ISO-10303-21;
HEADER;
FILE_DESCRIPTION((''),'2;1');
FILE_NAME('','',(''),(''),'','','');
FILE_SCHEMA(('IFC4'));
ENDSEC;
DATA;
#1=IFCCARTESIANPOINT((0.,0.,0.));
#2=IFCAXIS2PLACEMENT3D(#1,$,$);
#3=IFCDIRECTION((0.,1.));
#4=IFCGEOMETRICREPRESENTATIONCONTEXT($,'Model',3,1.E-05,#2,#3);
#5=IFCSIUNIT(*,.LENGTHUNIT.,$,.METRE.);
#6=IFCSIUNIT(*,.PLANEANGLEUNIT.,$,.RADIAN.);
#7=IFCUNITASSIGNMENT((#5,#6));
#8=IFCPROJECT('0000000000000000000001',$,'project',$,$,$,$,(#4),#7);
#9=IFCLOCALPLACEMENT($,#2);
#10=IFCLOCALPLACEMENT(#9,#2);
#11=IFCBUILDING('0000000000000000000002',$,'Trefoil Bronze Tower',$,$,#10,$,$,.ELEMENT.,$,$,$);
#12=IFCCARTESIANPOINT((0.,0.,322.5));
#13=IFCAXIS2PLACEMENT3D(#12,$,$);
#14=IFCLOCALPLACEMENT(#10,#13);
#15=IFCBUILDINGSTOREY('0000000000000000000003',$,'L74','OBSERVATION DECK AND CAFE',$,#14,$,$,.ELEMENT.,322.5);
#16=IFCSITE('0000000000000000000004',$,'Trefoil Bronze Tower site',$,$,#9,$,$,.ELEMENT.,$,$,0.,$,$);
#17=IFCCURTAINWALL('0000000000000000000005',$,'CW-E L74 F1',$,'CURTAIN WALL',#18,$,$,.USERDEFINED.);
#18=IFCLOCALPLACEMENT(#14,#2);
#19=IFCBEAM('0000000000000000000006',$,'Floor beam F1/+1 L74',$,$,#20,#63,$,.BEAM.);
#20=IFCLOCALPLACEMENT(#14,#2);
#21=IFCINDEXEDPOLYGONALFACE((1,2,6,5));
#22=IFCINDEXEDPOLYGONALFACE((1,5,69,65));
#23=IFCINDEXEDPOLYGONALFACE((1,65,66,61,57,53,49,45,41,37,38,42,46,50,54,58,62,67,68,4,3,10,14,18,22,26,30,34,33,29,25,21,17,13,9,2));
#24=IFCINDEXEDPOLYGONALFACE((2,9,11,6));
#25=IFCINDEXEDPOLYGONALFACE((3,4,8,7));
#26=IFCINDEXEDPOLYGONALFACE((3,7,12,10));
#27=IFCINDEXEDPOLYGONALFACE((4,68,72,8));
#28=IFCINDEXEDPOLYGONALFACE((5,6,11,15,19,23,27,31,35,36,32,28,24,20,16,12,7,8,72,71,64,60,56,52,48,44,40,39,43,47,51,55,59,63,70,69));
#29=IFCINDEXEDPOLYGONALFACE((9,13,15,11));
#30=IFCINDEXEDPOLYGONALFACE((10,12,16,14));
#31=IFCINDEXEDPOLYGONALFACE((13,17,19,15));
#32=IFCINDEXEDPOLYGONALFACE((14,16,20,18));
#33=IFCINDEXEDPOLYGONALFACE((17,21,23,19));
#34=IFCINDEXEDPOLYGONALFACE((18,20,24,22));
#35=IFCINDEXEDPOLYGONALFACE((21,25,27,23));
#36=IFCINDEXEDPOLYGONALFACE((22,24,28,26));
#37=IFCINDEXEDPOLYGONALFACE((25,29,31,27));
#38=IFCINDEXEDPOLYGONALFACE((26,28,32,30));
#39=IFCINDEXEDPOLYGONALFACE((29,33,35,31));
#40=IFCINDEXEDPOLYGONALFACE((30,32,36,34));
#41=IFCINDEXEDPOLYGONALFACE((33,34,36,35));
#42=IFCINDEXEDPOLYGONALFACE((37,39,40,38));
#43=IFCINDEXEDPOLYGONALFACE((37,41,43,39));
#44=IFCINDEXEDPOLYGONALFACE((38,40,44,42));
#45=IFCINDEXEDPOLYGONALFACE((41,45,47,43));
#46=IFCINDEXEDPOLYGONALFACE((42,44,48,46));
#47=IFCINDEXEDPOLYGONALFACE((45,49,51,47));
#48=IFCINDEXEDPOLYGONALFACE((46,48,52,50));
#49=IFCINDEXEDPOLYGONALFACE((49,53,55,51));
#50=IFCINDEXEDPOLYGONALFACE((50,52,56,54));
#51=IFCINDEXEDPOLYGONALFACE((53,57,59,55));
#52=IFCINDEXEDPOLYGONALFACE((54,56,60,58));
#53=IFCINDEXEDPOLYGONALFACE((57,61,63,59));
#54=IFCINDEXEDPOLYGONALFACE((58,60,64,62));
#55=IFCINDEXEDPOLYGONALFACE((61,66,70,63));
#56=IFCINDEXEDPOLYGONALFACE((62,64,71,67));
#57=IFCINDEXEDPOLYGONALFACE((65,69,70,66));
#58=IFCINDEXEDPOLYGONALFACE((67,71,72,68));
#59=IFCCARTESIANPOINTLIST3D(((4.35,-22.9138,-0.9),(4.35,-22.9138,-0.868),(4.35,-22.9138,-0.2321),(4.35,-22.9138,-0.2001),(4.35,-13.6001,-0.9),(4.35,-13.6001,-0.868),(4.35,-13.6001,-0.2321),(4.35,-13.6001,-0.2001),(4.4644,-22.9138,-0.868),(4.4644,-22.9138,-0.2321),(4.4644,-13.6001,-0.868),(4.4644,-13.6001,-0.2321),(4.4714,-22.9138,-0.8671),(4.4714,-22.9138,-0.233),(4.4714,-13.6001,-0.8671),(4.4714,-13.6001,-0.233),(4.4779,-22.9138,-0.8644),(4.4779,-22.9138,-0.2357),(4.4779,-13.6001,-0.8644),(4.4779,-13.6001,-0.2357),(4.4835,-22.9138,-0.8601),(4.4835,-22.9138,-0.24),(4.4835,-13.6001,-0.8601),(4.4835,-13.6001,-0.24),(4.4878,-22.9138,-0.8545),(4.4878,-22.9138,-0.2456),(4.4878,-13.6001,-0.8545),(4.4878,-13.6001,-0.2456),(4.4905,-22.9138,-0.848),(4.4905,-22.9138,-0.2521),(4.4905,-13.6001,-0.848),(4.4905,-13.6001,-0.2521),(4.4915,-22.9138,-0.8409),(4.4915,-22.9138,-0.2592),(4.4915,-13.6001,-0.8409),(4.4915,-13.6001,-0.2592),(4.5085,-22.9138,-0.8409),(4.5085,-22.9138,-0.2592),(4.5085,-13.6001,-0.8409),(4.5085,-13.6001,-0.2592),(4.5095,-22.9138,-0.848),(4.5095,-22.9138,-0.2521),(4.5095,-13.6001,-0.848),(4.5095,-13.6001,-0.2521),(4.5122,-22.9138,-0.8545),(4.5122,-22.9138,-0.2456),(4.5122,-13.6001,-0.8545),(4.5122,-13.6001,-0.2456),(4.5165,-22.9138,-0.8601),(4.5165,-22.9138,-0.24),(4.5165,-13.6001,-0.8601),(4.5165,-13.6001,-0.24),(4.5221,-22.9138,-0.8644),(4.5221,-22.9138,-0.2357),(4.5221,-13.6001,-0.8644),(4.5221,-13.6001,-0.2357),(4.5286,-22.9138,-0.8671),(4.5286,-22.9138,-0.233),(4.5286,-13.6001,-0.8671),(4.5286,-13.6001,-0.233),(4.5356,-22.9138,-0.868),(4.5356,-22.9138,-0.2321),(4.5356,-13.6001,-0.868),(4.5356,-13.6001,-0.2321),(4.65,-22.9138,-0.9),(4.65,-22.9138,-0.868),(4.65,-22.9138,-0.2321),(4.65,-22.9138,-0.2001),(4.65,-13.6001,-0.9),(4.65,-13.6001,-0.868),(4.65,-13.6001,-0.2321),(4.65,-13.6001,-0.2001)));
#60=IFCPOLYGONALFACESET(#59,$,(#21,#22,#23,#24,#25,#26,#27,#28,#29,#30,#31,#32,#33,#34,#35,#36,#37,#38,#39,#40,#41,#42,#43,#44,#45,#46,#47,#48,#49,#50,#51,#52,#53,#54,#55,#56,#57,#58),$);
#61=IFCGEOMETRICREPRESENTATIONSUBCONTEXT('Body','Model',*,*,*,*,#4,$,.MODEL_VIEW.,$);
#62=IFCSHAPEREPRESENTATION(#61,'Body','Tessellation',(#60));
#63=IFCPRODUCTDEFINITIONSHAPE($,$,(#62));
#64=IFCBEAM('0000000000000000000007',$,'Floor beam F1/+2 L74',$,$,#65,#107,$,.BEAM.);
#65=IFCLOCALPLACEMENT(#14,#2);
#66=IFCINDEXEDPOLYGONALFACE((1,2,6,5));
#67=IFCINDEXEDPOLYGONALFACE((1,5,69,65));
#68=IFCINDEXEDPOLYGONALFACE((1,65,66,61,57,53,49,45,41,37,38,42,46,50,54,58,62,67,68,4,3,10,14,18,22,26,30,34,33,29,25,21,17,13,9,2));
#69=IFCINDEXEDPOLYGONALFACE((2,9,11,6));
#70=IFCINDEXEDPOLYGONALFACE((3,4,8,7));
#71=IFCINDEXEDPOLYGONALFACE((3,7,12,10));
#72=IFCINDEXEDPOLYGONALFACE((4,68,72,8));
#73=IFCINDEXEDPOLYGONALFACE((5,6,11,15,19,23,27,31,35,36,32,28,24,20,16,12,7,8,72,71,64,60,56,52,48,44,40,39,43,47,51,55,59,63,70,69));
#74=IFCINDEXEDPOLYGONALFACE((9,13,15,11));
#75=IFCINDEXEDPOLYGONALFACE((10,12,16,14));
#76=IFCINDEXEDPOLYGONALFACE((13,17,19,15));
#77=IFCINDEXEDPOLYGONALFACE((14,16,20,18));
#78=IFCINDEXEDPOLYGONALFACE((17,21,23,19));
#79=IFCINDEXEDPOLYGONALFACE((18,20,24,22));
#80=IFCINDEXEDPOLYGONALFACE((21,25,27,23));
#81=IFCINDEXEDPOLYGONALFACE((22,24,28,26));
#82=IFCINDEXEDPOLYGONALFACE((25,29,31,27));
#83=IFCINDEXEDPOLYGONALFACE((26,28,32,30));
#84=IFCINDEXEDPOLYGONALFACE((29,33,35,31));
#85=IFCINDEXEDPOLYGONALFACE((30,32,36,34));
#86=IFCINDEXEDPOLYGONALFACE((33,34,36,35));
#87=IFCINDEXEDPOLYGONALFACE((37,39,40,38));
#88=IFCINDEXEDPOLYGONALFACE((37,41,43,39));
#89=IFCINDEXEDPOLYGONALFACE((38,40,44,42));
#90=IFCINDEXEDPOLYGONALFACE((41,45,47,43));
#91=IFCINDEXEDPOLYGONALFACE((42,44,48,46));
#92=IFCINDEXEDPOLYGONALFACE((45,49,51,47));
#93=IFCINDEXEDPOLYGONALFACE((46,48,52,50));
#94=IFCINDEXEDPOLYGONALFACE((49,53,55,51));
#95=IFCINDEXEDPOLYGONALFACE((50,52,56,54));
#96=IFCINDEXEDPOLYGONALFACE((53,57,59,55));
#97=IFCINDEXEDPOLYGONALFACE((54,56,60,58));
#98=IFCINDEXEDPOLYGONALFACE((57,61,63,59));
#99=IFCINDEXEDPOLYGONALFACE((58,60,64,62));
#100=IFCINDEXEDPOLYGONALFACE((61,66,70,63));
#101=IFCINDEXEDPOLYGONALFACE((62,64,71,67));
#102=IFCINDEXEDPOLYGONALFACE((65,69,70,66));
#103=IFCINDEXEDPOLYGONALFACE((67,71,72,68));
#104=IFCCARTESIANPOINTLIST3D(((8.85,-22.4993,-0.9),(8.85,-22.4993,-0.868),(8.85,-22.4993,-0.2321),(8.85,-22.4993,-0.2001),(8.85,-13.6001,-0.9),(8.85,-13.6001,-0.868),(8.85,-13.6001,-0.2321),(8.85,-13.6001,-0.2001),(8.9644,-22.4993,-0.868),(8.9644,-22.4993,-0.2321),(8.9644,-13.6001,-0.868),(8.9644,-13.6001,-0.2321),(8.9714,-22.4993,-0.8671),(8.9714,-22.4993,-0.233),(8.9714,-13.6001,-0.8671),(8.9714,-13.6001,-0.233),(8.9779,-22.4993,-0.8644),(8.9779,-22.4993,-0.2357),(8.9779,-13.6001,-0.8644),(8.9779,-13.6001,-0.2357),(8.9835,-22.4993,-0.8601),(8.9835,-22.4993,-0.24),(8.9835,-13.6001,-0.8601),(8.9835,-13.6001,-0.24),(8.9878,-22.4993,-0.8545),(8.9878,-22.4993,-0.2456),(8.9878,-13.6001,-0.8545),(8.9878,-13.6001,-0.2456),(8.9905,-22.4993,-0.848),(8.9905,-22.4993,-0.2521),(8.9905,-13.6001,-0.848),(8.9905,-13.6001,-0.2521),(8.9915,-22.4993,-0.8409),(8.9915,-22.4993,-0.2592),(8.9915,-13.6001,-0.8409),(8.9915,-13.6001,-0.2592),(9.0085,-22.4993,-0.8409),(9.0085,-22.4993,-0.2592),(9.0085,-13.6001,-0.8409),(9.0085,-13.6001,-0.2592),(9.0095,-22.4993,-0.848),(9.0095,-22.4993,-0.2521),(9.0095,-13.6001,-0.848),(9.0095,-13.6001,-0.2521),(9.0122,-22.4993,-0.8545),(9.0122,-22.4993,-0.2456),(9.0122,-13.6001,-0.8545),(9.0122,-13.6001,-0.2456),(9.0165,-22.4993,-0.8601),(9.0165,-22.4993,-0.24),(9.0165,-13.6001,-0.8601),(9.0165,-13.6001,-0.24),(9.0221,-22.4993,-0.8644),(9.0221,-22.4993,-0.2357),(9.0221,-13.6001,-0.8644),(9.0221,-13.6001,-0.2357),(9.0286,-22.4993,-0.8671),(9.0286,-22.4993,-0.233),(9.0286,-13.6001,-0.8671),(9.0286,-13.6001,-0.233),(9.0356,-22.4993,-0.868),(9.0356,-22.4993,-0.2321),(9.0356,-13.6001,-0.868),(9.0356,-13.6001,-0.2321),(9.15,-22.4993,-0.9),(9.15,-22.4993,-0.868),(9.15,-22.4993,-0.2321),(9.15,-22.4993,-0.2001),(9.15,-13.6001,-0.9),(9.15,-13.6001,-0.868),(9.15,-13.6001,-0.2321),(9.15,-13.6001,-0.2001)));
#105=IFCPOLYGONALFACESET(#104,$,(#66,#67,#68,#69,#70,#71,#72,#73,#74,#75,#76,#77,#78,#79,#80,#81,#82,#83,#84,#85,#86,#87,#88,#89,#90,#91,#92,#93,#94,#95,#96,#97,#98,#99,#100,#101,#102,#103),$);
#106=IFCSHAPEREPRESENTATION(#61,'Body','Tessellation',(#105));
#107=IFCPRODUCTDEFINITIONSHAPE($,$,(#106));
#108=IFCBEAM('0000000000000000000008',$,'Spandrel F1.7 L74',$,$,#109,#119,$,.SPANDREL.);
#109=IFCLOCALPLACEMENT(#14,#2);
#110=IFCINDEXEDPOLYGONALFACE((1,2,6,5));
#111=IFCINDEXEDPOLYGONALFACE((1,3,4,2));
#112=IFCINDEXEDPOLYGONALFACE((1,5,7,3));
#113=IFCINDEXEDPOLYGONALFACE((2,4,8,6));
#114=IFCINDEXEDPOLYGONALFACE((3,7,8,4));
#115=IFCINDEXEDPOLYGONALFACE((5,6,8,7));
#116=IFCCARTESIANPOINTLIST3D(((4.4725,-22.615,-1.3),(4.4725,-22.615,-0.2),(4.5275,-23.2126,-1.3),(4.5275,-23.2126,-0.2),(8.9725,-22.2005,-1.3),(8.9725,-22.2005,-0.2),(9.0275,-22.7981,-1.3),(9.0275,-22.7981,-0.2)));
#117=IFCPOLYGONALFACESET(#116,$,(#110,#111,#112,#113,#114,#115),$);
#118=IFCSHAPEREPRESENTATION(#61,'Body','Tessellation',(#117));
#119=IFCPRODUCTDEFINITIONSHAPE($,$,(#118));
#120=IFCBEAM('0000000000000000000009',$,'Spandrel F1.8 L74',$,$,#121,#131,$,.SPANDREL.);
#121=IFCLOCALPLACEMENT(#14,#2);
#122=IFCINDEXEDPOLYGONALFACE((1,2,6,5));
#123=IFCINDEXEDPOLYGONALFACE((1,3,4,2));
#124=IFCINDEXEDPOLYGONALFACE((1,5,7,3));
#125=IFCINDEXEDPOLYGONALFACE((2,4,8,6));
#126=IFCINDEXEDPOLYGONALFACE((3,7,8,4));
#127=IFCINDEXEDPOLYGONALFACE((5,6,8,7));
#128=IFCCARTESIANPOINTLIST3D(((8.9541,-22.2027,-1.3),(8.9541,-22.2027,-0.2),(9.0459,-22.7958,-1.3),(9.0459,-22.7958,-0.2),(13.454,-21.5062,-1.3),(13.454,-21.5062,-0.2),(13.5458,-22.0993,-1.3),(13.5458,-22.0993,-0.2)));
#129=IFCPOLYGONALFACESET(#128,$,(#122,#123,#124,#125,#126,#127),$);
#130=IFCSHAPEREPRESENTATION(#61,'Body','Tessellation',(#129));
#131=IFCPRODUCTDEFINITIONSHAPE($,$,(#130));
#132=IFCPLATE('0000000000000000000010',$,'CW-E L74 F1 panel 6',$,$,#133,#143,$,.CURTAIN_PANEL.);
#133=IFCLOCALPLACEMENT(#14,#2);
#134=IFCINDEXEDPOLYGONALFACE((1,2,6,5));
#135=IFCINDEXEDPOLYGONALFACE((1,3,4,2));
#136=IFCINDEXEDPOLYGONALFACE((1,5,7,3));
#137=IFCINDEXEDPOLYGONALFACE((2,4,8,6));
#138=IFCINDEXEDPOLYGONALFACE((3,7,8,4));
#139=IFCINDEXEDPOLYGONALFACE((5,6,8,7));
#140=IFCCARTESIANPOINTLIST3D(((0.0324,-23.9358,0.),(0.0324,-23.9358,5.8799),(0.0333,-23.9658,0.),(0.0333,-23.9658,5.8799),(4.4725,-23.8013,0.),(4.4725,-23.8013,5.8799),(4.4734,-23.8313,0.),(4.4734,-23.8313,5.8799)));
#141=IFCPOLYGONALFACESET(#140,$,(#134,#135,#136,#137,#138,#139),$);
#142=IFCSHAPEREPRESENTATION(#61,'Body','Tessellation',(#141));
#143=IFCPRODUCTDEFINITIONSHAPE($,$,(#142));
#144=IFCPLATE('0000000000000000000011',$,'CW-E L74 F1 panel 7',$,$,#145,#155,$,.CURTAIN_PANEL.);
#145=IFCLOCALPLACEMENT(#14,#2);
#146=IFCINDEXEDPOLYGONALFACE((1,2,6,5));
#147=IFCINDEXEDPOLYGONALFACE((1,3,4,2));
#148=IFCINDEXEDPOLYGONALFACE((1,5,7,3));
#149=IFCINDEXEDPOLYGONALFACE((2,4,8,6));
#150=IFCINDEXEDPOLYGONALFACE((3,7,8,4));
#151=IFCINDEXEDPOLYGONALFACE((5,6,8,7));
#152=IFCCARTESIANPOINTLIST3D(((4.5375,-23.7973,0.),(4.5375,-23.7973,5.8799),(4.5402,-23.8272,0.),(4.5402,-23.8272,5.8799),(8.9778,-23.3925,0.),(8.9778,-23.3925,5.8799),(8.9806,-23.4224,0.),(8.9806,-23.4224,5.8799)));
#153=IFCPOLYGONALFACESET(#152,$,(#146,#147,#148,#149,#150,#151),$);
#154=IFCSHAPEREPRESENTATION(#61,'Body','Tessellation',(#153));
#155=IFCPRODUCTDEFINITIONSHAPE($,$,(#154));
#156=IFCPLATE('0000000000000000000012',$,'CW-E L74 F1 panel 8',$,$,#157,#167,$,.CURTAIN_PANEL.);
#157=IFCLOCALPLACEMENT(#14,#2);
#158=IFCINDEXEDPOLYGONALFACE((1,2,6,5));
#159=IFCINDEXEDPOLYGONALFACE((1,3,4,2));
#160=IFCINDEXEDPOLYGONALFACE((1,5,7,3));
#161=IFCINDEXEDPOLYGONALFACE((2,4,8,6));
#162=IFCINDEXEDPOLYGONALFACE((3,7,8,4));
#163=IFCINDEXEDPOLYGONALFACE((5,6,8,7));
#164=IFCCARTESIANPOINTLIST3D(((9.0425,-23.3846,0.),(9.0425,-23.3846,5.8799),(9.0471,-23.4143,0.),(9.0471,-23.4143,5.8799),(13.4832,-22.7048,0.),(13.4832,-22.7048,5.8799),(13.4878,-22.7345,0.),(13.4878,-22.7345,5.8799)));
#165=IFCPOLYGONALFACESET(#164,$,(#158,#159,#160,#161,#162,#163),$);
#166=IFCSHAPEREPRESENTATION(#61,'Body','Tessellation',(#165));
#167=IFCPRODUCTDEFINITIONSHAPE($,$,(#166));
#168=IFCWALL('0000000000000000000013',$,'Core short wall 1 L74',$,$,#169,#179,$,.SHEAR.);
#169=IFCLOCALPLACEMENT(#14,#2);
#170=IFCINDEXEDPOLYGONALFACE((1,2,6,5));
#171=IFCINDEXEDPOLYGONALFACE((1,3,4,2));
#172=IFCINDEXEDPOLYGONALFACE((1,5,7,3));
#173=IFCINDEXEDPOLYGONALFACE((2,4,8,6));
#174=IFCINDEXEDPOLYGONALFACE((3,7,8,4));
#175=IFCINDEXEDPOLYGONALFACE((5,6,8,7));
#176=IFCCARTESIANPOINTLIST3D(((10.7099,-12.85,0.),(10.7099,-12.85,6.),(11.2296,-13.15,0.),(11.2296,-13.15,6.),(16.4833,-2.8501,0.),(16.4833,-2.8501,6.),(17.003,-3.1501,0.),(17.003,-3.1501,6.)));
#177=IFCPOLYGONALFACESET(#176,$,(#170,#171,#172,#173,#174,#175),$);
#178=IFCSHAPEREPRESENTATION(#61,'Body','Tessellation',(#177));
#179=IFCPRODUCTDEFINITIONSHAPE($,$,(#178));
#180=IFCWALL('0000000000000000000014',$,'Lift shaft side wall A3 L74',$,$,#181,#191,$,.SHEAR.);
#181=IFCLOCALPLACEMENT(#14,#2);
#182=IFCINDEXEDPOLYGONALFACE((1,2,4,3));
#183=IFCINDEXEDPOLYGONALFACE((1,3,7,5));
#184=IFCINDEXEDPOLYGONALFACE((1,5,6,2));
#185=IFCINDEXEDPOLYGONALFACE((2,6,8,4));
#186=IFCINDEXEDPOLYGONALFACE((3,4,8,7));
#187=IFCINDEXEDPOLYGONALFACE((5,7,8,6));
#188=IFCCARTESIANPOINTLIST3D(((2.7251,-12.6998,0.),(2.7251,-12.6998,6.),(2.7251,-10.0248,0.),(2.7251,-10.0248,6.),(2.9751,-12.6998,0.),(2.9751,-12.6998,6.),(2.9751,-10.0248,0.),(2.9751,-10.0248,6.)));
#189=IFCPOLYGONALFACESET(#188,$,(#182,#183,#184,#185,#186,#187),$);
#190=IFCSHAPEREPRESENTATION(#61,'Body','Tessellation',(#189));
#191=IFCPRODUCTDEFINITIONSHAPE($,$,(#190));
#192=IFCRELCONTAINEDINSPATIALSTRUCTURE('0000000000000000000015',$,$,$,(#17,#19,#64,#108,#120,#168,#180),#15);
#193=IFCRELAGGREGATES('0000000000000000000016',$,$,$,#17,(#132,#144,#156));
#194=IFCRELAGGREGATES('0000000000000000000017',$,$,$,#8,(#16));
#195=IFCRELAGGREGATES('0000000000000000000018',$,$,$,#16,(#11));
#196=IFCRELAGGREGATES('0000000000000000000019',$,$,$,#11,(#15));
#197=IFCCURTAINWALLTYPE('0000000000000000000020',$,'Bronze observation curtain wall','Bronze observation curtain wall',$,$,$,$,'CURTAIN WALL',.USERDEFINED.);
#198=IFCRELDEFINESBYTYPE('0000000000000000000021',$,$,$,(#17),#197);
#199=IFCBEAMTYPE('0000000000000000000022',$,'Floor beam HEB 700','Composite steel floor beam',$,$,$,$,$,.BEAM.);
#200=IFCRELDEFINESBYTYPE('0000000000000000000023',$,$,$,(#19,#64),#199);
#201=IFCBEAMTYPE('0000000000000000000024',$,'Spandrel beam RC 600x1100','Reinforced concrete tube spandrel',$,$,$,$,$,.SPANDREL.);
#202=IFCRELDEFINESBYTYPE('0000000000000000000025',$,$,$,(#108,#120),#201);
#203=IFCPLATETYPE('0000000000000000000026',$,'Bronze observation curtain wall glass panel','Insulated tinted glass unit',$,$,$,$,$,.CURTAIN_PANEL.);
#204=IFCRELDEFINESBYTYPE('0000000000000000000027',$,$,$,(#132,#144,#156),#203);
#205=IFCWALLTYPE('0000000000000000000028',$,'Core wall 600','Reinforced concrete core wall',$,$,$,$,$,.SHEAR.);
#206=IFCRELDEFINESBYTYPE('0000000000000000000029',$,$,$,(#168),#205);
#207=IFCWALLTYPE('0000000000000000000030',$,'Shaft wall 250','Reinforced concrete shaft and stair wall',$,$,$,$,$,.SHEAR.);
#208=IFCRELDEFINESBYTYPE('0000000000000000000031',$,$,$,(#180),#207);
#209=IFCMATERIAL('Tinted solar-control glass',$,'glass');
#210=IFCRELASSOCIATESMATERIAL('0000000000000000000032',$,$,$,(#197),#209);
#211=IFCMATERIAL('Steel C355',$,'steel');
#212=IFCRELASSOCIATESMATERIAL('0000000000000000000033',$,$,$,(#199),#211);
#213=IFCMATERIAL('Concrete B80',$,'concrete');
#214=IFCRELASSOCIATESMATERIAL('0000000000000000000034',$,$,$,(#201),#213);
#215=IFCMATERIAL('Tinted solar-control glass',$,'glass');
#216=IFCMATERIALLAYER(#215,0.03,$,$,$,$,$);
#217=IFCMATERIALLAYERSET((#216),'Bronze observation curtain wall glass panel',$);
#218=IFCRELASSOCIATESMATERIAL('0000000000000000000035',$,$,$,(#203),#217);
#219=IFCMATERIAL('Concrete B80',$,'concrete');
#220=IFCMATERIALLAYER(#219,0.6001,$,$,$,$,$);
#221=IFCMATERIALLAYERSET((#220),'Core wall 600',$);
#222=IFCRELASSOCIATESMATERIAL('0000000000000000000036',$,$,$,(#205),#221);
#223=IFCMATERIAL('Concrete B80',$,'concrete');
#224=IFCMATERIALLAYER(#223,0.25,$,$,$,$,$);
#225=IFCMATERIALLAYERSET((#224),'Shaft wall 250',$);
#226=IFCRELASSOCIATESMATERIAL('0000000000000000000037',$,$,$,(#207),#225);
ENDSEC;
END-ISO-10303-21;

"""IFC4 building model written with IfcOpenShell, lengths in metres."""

from ifc_helpers import new_model, si_unit, direction, frame, frame_2d, origin, origin_2d, place, context, subcontext, project, spatial, rectangle, i_section, extrude, material, layer, layer_set, material_profile, profile_set, type_object, element, aggregate, save


model = new_model("IFC4")

# Units and contexts
model_context = context("Model", 3, precision=1e-05, world=origin(), true_north=direction((0.0, 1.0)))
body_context = subcontext(model_context, "Body", "Model", "MODEL_VIEW")
ifc_project = project(units=[si_unit("LENGTHUNIT", "METRE"), si_unit("PLANEANGLEUNIT", "RADIAN")], contexts=[model_context])

# Site, building, storey
site_placement = place(None, origin())
site = spatial("IfcSite", under=ifc_project, at=site_placement, Name="Trefoil Bronze Tower site", CompositionType="ELEMENT", RefElevation=0.0)
building_placement = place(site_placement, origin())
building = spatial("IfcBuilding", under=site, at=building_placement, Name="Trefoil Bronze Tower", CompositionType="ELEMENT")
storey_placement = place(building_placement, frame((0.0, 0.0, 322.5)))
storey = spatial("IfcBuildingStorey", under=building, at=storey_placement, Name="L74", Description="OBSERVATION DECK AND CAFE", CompositionType="ELEMENT", Elevation=322.5)

# Curtain wall
ifc_material_1 = material(Name="Tinted solar-control glass", Category="glass")
curtain_wall_type = type_object("IfcCurtainWallType", Name="Bronze observation curtain wall", Description="Bronze observation curtain wall", ElementType="CURTAIN WALL", PredefinedType="USERDEFINED", material=ifc_material_1)
curtain_wall_placement = place(storey_placement, origin())
curtain_wall = element("IfcCurtainWall", 1, at=curtain_wall_placement, inside=storey, type_object=curtain_wall_type, Name="CW-E L74 F1", ObjectType="CURTAIN WALL", PredefinedType="USERDEFINED")

# Beams
ifc_material_2 = material(Name="Steel C355", Category="steel")
ifc_material_profile_1 = material_profile(ifc_material_2, i_section(OverallWidth=0.3, OverallDepth=0.7, WebThickness=0.0171, FlangeThickness=0.032, FilletRadius=0.0271, at=origin_2d()), Name="HEB 700")
ifc_profile_set_1 = profile_set([ifc_material_profile_1], Name="Steel C355")
beam_type_1 = type_object("IfcBeamType", Name="Floor beam HEB 700", Description="Composite steel floor beam", PredefinedType="BEAM", material=ifc_profile_set_1)
beam_1_placement = place(storey_placement, frame((4.5, -22.9138, -0.55), z_axis=(0.0, 1.0, 0.0), x_axis=(-1.0, 0.0, 0.0)))
element("IfcBeam", 2, at=beam_1_placement, inside=storey, type_object=beam_type_1, Name="Floor beam F1/+1 L74", PredefinedType="BEAM", context=body_context, shape_type="SweptSolid", body=[
    extrude(i_section(OverallWidth=0.3, OverallDepth=0.7, WebThickness=0.0171, FlangeThickness=0.032, FilletRadius=0.0271, at=origin_2d()), origin(), (0.0, 0.0, 1.0), 9.3137),
])
beam_2_placement = place(storey_placement, frame((9.0, -22.4993, -0.55), z_axis=(0.0, 1.0, 0.0), x_axis=(-1.0, 0.0, 0.0)))
element("IfcBeam", 3, at=beam_2_placement, inside=storey, type_object=beam_type_1, Name="Floor beam F1/+2 L74", PredefinedType="BEAM", context=body_context, shape_type="SweptSolid", body=[
    extrude(i_section(OverallWidth=0.3, OverallDepth=0.7, WebThickness=0.0171, FlangeThickness=0.032, FilletRadius=0.0271, at=origin_2d()), origin(), (0.0, 0.0, 1.0), 8.8992),
])
ifc_material_3 = material(Name="Concrete B80", Category="concrete")
ifc_material_profile_2 = material_profile(ifc_material_3, rectangle(XDim=0.6001, YDim=1.1001, at=origin_2d()), Name="RC 600x1100")
ifc_profile_set_2 = profile_set([ifc_material_profile_2], Name="Concrete B80")
beam_type_2 = type_object("IfcBeamType", Name="Spandrel beam RC 600x1100", Description="Reinforced concrete tube spandrel", PredefinedType="SPANDREL", material=ifc_profile_set_2)
beam_3_placement = place(storey_placement, frame((4.5, -22.9138, -0.75), z_axis=(0.995784, 0.091734, 0.0), x_axis=(-0.091734, 0.995784, 0.0)))
element("IfcBeam", 4, at=beam_3_placement, inside=storey, type_object=beam_type_2, Name="Spandrel F1.7 L74", PredefinedType="SPANDREL", context=body_context, shape_type="SweptSolid", body=[
    extrude(rectangle(XDim=0.6001, YDim=1.1001, at=origin_2d()), origin(), (0.0, 0.0, 1.0), 4.519),
])
beam_4_placement = place(storey_placement, frame((9.0, -22.4993, -0.75), z_axis=(0.988232, 0.152964, 0.0), x_axis=(-0.152964, 0.988232, 0.0)))
element("IfcBeam", 5, at=beam_4_placement, inside=storey, type_object=beam_type_2, Name="Spandrel F1.8 L74", PredefinedType="SPANDREL", context=body_context, shape_type="SweptSolid", body=[
    extrude(rectangle(XDim=0.6001, YDim=1.1001, at=origin_2d()), origin(), (0.0, 0.0, 1.0), 4.5535),
])

# Plates
ifc_material_4 = material(Name="Tinted solar-control glass", Category="glass")
ifc_layer_1 = layer(ifc_material_4, 0.03)
ifc_layer_set_1 = layer_set([ifc_layer_1], Name="Bronze observation curtain wall glass panel")
plate_type = type_object("IfcPlateType", Name="Bronze observation curtain wall glass panel", Description="Insulated tinted glass unit", PredefinedType="CURTAIN_PANEL", material=ifc_layer_set_1)
plate_1_placement = place(storey_placement, frame((2.2529, -23.8835, 0.0), z_axis=(0.0, 0.0, 1.0), x_axis=(0.999542, 0.030263, 0.0)))
plate_1 = element("IfcPlate", 6, at=plate_1_placement, type_object=plate_type, Name="CW-E L74 F1 panel 6", PredefinedType="CURTAIN_PANEL", context=body_context, shape_type="SweptSolid", body=[
    extrude(rectangle(XDim=4.4421, YDim=0.03, at=origin_2d()), origin(), (0.0, 0.0, 1.0), 5.8799),
])
plate_2_placement = place(storey_placement, frame((6.759, -23.6099, 0.0), z_axis=(0.0, 0.0, 1.0), x_axis=(0.99587, 0.090789, 0.0)))
plate_2 = element("IfcPlate", 7, at=plate_2_placement, type_object=plate_type, Name="CW-E L74 F1 panel 7", PredefinedType="CURTAIN_PANEL", context=body_context, shape_type="SweptSolid", body=[
    extrude(rectangle(XDim=4.4587, YDim=0.03, at=origin_2d()), origin(), (0.0, 0.0, 1.0), 5.8799),
])
plate_3_placement = place(storey_placement, frame((11.2651, -23.0596, 0.0), z_axis=(0.0, 0.0, 1.0), x_axis=(0.988485, 0.151317, 0.0)))
plate_3 = element("IfcPlate", 8, at=plate_3_placement, type_object=plate_type, Name="CW-E L74 F1 panel 8", PredefinedType="CURTAIN_PANEL", context=body_context, shape_type="SweptSolid", body=[
    extrude(rectangle(XDim=4.4924, YDim=0.03, at=origin_2d()), origin(), (0.0, 0.0, 1.0), 5.8799),
])
aggregate(curtain_wall, [plate_1, plate_2, plate_3])

# Walls
ifc_material_5 = material(Name="Concrete B80", Category="concrete")
ifc_layer_2 = layer(ifc_material_5, 0.6001)
ifc_layer_set_2 = layer_set([ifc_layer_2], Name="Core wall 600")
wall_type_1 = type_object("IfcWallType", Name="Core wall 600", Description="Reinforced concrete core wall", PredefinedType="SHEAR", material=ifc_layer_set_2)
wall_placement = place(storey_placement, frame((10.9697, -13.0, 0.0), z_axis=(0.0, 0.0, 1.0), x_axis=(0.499996, 0.866028, 0.0)))
element("IfcWall", 9, at=wall_placement, inside=storey, type_object=wall_type_1, Name="Core short wall 1 L74", PredefinedType="SHEAR", context=body_context, shape_type="SweptSolid", body=[
    extrude(rectangle(XDim=11.5469, YDim=0.6001, at=frame_2d((5.7734, 0.0))), origin(), (0.0, 0.0, 1.0), 6.0),
])
ifc_material_6 = material(Name="Concrete B80", Category="concrete")
ifc_layer_3 = layer(ifc_material_6, 0.25)
ifc_layer_set_3 = layer_set([ifc_layer_3], Name="Shaft wall 250")
wall_type_2 = type_object("IfcWallType", Name="Shaft wall 250", Description="Reinforced concrete shaft and stair wall", PredefinedType="SHEAR", material=ifc_layer_set_3)
for number, where, z_axis, x_axis, name in (
    (10, (2.8501, -10.0249, 0.0), (0.0, 0.0, 1.0), (0.0, -1.0, 0.0), "Lift shaft side wall A3 L74"),
):
    element("IfcWall", number, at=place(storey_placement, frame(where, z_axis=z_axis, x_axis=x_axis)), inside=storey, type_object=wall_type_2, Name=name, PredefinedType="SHEAR", context=body_context, shape_type="SweptSolid", body=[
        extrude(rectangle(XDim=2.675, YDim=0.25, at=frame_2d((1.3374, 0.0))), origin(), (0.0, 0.0, 1.0), 6.0),
    ])

save(model, "model.ifc")
